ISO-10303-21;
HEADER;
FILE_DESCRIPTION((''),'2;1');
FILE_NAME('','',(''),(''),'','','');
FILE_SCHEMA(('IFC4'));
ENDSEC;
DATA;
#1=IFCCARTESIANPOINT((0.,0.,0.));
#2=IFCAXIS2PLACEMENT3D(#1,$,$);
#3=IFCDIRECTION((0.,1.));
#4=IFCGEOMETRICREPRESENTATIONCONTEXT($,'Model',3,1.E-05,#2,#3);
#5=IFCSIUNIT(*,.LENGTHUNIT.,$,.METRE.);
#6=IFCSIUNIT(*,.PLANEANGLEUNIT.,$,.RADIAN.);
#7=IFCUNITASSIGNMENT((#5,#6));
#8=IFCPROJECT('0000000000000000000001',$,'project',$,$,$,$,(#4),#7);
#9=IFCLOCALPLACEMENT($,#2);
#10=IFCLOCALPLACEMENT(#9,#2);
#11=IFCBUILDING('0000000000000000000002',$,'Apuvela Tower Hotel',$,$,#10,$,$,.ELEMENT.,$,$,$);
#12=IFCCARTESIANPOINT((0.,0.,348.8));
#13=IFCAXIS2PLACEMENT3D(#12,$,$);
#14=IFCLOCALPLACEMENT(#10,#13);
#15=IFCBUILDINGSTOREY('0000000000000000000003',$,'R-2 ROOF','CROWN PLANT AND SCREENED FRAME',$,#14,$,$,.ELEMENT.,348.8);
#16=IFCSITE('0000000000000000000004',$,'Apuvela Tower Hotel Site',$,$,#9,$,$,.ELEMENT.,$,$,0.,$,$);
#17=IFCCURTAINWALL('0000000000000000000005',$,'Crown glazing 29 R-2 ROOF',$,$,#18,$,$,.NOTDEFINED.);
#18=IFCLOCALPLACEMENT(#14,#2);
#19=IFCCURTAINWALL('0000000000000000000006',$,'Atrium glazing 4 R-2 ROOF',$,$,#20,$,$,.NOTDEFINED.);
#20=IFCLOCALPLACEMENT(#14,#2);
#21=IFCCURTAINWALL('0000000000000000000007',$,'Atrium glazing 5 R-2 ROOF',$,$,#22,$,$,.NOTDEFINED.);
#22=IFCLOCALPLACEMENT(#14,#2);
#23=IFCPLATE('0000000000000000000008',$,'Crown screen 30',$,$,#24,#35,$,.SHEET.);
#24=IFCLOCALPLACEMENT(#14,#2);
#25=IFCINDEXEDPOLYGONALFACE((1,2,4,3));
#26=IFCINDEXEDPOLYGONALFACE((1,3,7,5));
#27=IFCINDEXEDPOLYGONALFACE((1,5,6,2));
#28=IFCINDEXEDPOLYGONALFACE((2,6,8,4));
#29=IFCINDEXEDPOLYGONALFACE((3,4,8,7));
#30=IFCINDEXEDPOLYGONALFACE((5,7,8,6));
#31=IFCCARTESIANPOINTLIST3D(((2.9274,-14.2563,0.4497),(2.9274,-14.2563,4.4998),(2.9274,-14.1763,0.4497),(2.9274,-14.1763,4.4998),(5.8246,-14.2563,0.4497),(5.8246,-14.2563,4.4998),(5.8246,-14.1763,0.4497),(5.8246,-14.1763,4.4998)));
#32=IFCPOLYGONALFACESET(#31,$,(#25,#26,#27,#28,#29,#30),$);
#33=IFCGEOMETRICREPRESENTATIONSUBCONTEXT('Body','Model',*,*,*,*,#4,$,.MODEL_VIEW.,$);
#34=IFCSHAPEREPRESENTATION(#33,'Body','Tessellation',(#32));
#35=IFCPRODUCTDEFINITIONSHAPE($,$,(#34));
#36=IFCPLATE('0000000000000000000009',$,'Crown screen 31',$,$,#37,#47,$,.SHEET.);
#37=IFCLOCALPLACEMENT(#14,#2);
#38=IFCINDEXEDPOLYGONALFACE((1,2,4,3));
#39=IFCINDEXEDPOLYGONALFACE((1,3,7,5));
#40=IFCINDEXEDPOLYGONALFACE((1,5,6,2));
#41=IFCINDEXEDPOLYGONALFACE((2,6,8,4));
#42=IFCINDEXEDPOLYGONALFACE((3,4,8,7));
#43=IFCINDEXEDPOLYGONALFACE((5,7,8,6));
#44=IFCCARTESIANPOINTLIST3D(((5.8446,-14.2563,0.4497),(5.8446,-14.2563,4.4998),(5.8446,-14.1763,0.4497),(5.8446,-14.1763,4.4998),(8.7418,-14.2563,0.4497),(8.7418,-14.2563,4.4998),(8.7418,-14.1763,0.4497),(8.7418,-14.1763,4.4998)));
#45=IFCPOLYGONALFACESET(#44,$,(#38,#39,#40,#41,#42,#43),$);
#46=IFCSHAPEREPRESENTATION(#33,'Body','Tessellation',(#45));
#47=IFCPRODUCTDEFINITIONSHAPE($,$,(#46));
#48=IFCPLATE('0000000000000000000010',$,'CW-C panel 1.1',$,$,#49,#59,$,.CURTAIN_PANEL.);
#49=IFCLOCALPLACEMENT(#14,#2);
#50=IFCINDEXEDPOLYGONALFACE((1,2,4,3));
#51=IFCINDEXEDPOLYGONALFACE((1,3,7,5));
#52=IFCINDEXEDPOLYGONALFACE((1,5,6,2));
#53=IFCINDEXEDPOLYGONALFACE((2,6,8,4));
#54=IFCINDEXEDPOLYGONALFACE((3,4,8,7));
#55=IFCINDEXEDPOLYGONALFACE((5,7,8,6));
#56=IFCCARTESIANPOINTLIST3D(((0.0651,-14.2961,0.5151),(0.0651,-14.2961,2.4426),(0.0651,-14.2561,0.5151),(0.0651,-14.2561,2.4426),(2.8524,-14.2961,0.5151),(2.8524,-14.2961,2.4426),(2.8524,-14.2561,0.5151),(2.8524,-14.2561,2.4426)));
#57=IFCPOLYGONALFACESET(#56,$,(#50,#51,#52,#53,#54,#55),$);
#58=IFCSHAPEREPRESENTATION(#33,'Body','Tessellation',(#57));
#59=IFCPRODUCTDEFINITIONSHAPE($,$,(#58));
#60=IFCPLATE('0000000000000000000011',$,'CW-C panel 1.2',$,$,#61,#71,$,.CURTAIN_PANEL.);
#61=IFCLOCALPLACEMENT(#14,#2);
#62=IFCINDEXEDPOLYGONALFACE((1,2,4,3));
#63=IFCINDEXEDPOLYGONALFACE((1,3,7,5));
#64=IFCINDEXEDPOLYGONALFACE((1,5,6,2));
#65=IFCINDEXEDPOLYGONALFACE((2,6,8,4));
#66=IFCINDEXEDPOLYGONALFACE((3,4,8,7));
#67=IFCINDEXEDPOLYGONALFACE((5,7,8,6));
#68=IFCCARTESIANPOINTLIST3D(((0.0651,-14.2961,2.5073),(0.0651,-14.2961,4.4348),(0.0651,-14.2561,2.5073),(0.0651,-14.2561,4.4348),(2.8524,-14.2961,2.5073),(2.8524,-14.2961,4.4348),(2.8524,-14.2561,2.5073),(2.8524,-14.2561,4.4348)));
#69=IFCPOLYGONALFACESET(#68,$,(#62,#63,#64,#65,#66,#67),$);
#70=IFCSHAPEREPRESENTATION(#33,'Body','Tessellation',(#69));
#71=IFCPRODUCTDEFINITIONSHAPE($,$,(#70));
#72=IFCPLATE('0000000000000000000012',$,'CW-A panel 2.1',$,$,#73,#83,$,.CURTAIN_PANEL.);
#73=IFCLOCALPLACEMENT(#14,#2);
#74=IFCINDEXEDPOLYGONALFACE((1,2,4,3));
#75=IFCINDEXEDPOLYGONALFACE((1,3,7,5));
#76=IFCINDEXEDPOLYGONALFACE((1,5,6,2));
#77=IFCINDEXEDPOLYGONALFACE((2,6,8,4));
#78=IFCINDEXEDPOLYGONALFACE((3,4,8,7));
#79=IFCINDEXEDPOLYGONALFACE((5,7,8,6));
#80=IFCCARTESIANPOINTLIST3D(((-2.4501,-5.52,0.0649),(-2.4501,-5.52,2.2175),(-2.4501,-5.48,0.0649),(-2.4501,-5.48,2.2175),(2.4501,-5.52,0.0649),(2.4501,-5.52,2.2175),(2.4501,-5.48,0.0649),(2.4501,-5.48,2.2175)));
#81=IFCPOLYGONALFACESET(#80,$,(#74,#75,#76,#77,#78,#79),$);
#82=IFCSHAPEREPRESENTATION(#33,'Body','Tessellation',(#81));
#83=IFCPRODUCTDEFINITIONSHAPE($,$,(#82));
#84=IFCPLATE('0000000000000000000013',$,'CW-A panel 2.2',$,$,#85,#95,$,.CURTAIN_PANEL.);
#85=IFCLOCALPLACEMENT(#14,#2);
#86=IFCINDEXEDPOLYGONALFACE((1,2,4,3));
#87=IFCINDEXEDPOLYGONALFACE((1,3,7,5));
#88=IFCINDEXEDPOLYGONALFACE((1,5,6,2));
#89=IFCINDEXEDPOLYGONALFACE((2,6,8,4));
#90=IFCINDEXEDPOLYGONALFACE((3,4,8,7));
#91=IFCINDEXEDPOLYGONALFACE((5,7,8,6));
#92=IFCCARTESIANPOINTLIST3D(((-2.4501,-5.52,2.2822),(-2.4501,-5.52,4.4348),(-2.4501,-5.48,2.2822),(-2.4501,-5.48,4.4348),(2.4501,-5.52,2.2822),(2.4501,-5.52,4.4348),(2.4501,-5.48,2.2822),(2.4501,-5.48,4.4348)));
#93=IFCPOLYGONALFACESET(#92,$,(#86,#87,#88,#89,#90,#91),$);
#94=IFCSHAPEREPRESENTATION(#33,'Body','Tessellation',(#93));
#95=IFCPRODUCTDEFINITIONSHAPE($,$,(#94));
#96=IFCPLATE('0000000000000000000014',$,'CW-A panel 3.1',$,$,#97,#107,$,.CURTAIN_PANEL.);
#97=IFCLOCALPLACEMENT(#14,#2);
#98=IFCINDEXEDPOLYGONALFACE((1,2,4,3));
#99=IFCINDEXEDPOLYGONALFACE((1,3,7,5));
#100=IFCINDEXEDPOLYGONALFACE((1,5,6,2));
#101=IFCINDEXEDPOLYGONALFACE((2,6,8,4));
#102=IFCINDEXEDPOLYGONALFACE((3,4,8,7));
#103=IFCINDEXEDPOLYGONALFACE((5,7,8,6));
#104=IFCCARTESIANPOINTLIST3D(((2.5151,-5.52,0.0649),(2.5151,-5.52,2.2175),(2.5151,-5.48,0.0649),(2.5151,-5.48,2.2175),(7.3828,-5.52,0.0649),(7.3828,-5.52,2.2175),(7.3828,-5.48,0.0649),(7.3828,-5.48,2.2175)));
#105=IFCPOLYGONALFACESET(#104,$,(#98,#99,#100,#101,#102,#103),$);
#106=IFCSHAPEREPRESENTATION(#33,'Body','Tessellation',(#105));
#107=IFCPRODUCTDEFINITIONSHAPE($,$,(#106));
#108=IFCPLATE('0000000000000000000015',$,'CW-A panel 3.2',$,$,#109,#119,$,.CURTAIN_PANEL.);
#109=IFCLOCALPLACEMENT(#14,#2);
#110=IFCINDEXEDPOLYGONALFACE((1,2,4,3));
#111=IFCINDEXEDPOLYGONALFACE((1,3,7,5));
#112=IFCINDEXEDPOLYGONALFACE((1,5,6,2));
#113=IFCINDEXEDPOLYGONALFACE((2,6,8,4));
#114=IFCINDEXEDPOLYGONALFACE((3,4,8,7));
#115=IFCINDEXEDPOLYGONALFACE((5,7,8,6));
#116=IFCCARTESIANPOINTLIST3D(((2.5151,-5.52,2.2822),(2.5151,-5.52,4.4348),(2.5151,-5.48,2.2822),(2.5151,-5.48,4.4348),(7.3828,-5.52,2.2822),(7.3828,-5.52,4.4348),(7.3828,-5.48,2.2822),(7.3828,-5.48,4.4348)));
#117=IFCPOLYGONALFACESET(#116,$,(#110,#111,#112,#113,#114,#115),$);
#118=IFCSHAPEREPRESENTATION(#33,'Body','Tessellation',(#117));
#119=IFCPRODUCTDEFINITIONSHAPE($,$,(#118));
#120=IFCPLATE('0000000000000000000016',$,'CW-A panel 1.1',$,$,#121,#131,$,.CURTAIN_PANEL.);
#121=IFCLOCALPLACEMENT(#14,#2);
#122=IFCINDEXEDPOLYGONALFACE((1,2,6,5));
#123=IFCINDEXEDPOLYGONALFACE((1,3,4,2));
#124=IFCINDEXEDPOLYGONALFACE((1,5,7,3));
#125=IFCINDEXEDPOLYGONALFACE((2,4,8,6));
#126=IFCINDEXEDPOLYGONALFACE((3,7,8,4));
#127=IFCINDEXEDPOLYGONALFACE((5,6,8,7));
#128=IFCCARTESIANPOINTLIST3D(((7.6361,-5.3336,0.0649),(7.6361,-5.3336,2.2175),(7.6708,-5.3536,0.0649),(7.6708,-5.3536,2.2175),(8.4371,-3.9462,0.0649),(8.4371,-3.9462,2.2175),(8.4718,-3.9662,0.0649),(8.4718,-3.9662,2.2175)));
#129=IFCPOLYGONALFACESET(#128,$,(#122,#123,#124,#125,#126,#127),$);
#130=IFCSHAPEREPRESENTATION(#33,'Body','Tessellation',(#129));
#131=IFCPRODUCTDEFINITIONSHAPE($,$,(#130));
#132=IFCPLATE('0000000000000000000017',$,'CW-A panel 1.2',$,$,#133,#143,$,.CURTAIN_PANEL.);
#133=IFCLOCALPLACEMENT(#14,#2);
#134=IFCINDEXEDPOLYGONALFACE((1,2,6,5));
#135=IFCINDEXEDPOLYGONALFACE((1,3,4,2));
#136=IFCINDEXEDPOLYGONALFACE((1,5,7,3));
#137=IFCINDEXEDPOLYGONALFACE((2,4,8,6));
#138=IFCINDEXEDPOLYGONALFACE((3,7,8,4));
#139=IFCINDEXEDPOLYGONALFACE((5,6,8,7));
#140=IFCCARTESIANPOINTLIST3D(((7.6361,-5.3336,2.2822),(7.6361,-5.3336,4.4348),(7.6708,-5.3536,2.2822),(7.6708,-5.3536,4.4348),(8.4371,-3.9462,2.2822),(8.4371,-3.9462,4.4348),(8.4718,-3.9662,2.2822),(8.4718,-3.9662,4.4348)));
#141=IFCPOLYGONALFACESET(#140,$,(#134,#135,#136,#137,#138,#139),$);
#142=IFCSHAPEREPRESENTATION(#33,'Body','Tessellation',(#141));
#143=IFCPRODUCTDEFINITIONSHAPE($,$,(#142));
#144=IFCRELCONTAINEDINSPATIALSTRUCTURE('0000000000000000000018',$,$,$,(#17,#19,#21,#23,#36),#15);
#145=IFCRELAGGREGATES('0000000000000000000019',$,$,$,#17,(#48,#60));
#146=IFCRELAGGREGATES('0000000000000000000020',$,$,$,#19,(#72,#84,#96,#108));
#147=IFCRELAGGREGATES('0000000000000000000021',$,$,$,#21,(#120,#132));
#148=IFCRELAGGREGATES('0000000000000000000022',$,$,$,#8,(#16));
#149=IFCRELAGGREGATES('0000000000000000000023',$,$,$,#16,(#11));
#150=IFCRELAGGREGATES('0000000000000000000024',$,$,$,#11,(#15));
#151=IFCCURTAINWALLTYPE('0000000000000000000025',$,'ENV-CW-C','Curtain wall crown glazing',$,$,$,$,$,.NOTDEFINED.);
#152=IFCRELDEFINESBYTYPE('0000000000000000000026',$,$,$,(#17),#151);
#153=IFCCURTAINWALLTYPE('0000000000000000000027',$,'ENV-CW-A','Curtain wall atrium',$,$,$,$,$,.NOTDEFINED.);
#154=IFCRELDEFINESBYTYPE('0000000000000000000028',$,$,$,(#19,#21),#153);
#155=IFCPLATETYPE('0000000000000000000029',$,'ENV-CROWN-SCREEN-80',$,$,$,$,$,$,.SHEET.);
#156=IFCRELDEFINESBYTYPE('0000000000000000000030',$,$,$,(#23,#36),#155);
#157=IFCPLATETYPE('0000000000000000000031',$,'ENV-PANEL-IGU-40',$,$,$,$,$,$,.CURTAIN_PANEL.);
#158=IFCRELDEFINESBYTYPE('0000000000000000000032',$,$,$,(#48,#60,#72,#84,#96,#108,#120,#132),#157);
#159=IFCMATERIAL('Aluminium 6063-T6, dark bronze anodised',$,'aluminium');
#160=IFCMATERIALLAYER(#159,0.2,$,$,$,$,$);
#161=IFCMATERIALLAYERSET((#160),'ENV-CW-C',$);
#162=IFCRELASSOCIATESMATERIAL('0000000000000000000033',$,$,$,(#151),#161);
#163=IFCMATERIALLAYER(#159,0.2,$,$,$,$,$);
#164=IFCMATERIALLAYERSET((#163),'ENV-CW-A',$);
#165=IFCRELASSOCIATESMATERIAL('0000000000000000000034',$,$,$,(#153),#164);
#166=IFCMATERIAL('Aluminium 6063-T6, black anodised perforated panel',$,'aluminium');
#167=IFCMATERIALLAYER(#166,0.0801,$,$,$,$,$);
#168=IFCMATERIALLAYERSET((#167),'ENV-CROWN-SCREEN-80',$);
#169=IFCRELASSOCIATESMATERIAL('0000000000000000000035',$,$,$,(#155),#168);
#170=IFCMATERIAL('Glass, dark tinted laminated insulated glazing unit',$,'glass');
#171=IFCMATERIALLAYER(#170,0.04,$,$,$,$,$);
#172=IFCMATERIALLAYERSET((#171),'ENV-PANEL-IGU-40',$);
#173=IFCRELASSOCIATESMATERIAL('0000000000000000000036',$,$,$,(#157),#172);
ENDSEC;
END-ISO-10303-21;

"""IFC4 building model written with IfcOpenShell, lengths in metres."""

from ifc_helpers import new_model, si_unit, direction, frame, origin, origin_2d, place, context, subcontext, project, spatial, rectangle, extrude, material, layer, layer_set, type_object, element, aggregate, save


model = new_model("IFC4")

# Units and contexts
model_context = context("Model", 3, precision=1e-05, world=origin(), true_north=direction((0.0, 1.0)))
body_context = subcontext(model_context, "Body", "Model", "MODEL_VIEW")
ifc_project = project(units=[si_unit("LENGTHUNIT", "METRE"), si_unit("PLANEANGLEUNIT", "RADIAN")], contexts=[model_context])

# Site, building, storey
site_placement = place(None, origin())
site = spatial("IfcSite", under=ifc_project, at=site_placement, Name="Apuvela Tower Hotel Site", CompositionType="ELEMENT", RefElevation=0.0)
building_placement = place(site_placement, origin())
building = spatial("IfcBuilding", under=site, at=building_placement, Name="Apuvela Tower Hotel", CompositionType="ELEMENT")
storey_placement = place(building_placement, frame((0.0, 0.0, 348.8)))
storey = spatial("IfcBuildingStorey", under=building, at=storey_placement, Name="R-2 ROOF", Description="CROWN PLANT AND SCREENED FRAME", CompositionType="ELEMENT", Elevation=348.8)

# Curtain walls
ifc_material_1 = material(Name="Aluminium 6063-T6, dark bronze anodised", Category="aluminium")
ifc_layer_1 = layer(ifc_material_1, 0.2)
ifc_layer_set_1 = layer_set([ifc_layer_1], Name="ENV-CW-C")
curtain_wall_type_1 = type_object("IfcCurtainWallType", Name="ENV-CW-C", Description="Curtain wall crown glazing", PredefinedType="NOTDEFINED", material=ifc_layer_set_1)
curtain_wall_1_placement = place(storey_placement, origin())
curtain_wall_1 = element("IfcCurtainWall", 1, at=curtain_wall_1_placement, inside=storey, type_object=curtain_wall_type_1, Name="Crown glazing 29 R-2 ROOF", PredefinedType="NOTDEFINED")
ifc_layer_2 = layer(ifc_material_1, 0.2)
ifc_layer_set_2 = layer_set([ifc_layer_2], Name="ENV-CW-A")
curtain_wall_type_2 = type_object("IfcCurtainWallType", Name="ENV-CW-A", Description="Curtain wall atrium", PredefinedType="NOTDEFINED", material=ifc_layer_set_2)
curtain_wall_2_placement = place(storey_placement, origin())
curtain_wall_2 = element("IfcCurtainWall", 2, at=curtain_wall_2_placement, inside=storey, type_object=curtain_wall_type_2, Name="Atrium glazing 4 R-2 ROOF", PredefinedType="NOTDEFINED")

# Curtain wall
curtain_wall_3_placement = place(storey_placement, origin())
curtain_wall_3 = element("IfcCurtainWall", 3, at=curtain_wall_3_placement, inside=storey, type_object=curtain_wall_type_2, Name="Atrium glazing 5 R-2 ROOF", PredefinedType="NOTDEFINED")

# Plates
ifc_material_2 = material(Name="Aluminium 6063-T6, black anodised perforated panel", Category="aluminium")
ifc_layer_3 = layer(ifc_material_2, 0.0801)
ifc_layer_set_3 = layer_set([ifc_layer_3], Name="ENV-CROWN-SCREEN-80")
plate_type_1 = type_object("IfcPlateType", Name="ENV-CROWN-SCREEN-80", PredefinedType="SHEET", material=ifc_layer_set_3)
for number, where, z_axis, x_axis, name in (
    (4, (4.376, -14.2163, 0.4497), (0.0, 0.0, 1.0), (1.0, 0.0, 0.0), "Crown screen 30"),
    (5, (7.2932, -14.2163, 0.4497), (0.0, 0.0, 1.0), (1.0, 0.0, 0.0), "Crown screen 31"),
):
    element("IfcPlate", number, at=place(storey_placement, frame(where, z_axis=z_axis, x_axis=x_axis)), inside=storey, type_object=plate_type_1, Name=name, PredefinedType="SHEET", context=body_context, shape_type="SweptSolid", body=[
        extrude(rectangle(XDim=2.8972, YDim=0.0801, at=origin_2d()), origin(), (0.0, 0.0, 1.0), 4.05),
    ])

# Plates
ifc_material_3 = material(Name="Glass, dark tinted laminated insulated glazing unit", Category="glass")
ifc_layer_4 = layer(ifc_material_3, 0.04)
ifc_layer_set_4 = layer_set([ifc_layer_4], Name="ENV-PANEL-IGU-40")
plate_type_2 = type_object("IfcPlateType", Name="ENV-PANEL-IGU-40", PredefinedType="CURTAIN_PANEL", material=ifc_layer_set_4)
plate_1_placement = place(storey_placement, frame((1.4587, -14.2761, 0.5151), z_axis=(0.0, 0.0, 1.0), x_axis=(1.0, 0.0, 0.0)))
plate_1 = element("IfcPlate", 6, at=plate_1_placement, type_object=plate_type_2, Name="CW-C panel 1.1", PredefinedType="CURTAIN_PANEL", context=body_context, shape_type="SweptSolid", body=[
    extrude(rectangle(XDim=2.7874, YDim=0.04, at=origin_2d()), origin(), (0.0, 0.0, 1.0), 1.9275),
])
plate_2_placement = place(storey_placement, frame((1.4587, -14.2761, 2.5073), z_axis=(0.0, 0.0, 1.0), x_axis=(1.0, 0.0, 0.0)))
plate_2 = element("IfcPlate", 7, at=plate_2_placement, type_object=plate_type_2, Name="CW-C panel 1.2", PredefinedType="CURTAIN_PANEL", context=body_context, shape_type="SweptSolid", body=[
    extrude(rectangle(XDim=2.7874, YDim=0.04, at=origin_2d()), origin(), (0.0, 0.0, 1.0), 1.9275),
])
aggregate(curtain_wall_1, [plate_1, plate_2])
plate_3_placement = place(storey_placement, frame((0.0, -5.5, 0.0649), z_axis=(0.0, 0.0, 1.0), x_axis=(1.0, 0.0, 0.0)))
plate_3 = element("IfcPlate", 8, at=plate_3_placement, type_object=plate_type_2, Name="CW-A panel 2.1", PredefinedType="CURTAIN_PANEL", context=body_context, shape_type="SweptSolid", body=[
    extrude(rectangle(XDim=4.9001, YDim=0.04, at=origin_2d()), origin(), (0.0, 0.0, 1.0), 2.1526),
])
plate_4_placement = place(storey_placement, frame((0.0, -5.5, 2.2822), z_axis=(0.0, 0.0, 1.0), x_axis=(1.0, 0.0, 0.0)))
plate_4 = element("IfcPlate", 9, at=plate_4_placement, type_object=plate_type_2, Name="CW-A panel 2.2", PredefinedType="CURTAIN_PANEL", context=body_context, shape_type="SweptSolid", body=[
    extrude(rectangle(XDim=4.9001, YDim=0.04, at=origin_2d()), origin(), (0.0, 0.0, 1.0), 2.1526),
])
plate_5_placement = place(storey_placement, frame((4.949, -5.5, 0.0649), z_axis=(0.0, 0.0, 1.0), x_axis=(1.0, 0.0, 0.0)))
plate_5 = element("IfcPlate", 10, at=plate_5_placement, type_object=plate_type_2, Name="CW-A panel 3.1", PredefinedType="CURTAIN_PANEL", context=body_context, shape_type="SweptSolid", body=[
    extrude(rectangle(XDim=4.8677, YDim=0.04, at=origin_2d()), origin(), (0.0, 0.0, 1.0), 2.1526),
])
plate_6_placement = place(storey_placement, frame((4.949, -5.5, 2.2822), z_axis=(0.0, 0.0, 1.0), x_axis=(1.0, 0.0, 0.0)))
plate_6 = element("IfcPlate", 11, at=plate_6_placement, type_object=plate_type_2, Name="CW-A panel 3.2", PredefinedType="CURTAIN_PANEL", context=body_context, shape_type="SweptSolid", body=[
    extrude(rectangle(XDim=4.8677, YDim=0.04, at=origin_2d()), origin(), (0.0, 0.0, 1.0), 2.1526),
])
aggregate(curtain_wall_2, [plate_3, plate_4, plate_5, plate_6])
plate_7_placement = place(storey_placement, frame((8.054, -4.6499, 0.0649), z_axis=(0.0, 0.0, 1.0), x_axis=(0.499989, 0.866032, 0.0)))
plate_7 = element("IfcPlate", 12, at=plate_7_placement, type_object=plate_type_2, Name="CW-A panel 1.1", PredefinedType="CURTAIN_PANEL", context=body_context, shape_type="SweptSolid", body=[
    extrude(rectangle(XDim=1.6021, YDim=0.04, at=origin_2d()), origin(), (0.0, 0.0, 1.0), 2.1526),
])
plate_8_placement = place(storey_placement, frame((8.054, -4.6499, 2.2822), z_axis=(0.0, 0.0, 1.0), x_axis=(0.499989, 0.866032, 0.0)))
plate_8 = element("IfcPlate", 13, at=plate_8_placement, type_object=plate_type_2, Name="CW-A panel 1.2", PredefinedType="CURTAIN_PANEL", context=body_context, shape_type="SweptSolid", body=[
    extrude(rectangle(XDim=1.6021, YDim=0.04, at=origin_2d()), origin(), (0.0, 0.0, 1.0), 2.1526),
])
aggregate(curtain_wall_3, [plate_7, plate_8])

save(model, "model.ifc")
